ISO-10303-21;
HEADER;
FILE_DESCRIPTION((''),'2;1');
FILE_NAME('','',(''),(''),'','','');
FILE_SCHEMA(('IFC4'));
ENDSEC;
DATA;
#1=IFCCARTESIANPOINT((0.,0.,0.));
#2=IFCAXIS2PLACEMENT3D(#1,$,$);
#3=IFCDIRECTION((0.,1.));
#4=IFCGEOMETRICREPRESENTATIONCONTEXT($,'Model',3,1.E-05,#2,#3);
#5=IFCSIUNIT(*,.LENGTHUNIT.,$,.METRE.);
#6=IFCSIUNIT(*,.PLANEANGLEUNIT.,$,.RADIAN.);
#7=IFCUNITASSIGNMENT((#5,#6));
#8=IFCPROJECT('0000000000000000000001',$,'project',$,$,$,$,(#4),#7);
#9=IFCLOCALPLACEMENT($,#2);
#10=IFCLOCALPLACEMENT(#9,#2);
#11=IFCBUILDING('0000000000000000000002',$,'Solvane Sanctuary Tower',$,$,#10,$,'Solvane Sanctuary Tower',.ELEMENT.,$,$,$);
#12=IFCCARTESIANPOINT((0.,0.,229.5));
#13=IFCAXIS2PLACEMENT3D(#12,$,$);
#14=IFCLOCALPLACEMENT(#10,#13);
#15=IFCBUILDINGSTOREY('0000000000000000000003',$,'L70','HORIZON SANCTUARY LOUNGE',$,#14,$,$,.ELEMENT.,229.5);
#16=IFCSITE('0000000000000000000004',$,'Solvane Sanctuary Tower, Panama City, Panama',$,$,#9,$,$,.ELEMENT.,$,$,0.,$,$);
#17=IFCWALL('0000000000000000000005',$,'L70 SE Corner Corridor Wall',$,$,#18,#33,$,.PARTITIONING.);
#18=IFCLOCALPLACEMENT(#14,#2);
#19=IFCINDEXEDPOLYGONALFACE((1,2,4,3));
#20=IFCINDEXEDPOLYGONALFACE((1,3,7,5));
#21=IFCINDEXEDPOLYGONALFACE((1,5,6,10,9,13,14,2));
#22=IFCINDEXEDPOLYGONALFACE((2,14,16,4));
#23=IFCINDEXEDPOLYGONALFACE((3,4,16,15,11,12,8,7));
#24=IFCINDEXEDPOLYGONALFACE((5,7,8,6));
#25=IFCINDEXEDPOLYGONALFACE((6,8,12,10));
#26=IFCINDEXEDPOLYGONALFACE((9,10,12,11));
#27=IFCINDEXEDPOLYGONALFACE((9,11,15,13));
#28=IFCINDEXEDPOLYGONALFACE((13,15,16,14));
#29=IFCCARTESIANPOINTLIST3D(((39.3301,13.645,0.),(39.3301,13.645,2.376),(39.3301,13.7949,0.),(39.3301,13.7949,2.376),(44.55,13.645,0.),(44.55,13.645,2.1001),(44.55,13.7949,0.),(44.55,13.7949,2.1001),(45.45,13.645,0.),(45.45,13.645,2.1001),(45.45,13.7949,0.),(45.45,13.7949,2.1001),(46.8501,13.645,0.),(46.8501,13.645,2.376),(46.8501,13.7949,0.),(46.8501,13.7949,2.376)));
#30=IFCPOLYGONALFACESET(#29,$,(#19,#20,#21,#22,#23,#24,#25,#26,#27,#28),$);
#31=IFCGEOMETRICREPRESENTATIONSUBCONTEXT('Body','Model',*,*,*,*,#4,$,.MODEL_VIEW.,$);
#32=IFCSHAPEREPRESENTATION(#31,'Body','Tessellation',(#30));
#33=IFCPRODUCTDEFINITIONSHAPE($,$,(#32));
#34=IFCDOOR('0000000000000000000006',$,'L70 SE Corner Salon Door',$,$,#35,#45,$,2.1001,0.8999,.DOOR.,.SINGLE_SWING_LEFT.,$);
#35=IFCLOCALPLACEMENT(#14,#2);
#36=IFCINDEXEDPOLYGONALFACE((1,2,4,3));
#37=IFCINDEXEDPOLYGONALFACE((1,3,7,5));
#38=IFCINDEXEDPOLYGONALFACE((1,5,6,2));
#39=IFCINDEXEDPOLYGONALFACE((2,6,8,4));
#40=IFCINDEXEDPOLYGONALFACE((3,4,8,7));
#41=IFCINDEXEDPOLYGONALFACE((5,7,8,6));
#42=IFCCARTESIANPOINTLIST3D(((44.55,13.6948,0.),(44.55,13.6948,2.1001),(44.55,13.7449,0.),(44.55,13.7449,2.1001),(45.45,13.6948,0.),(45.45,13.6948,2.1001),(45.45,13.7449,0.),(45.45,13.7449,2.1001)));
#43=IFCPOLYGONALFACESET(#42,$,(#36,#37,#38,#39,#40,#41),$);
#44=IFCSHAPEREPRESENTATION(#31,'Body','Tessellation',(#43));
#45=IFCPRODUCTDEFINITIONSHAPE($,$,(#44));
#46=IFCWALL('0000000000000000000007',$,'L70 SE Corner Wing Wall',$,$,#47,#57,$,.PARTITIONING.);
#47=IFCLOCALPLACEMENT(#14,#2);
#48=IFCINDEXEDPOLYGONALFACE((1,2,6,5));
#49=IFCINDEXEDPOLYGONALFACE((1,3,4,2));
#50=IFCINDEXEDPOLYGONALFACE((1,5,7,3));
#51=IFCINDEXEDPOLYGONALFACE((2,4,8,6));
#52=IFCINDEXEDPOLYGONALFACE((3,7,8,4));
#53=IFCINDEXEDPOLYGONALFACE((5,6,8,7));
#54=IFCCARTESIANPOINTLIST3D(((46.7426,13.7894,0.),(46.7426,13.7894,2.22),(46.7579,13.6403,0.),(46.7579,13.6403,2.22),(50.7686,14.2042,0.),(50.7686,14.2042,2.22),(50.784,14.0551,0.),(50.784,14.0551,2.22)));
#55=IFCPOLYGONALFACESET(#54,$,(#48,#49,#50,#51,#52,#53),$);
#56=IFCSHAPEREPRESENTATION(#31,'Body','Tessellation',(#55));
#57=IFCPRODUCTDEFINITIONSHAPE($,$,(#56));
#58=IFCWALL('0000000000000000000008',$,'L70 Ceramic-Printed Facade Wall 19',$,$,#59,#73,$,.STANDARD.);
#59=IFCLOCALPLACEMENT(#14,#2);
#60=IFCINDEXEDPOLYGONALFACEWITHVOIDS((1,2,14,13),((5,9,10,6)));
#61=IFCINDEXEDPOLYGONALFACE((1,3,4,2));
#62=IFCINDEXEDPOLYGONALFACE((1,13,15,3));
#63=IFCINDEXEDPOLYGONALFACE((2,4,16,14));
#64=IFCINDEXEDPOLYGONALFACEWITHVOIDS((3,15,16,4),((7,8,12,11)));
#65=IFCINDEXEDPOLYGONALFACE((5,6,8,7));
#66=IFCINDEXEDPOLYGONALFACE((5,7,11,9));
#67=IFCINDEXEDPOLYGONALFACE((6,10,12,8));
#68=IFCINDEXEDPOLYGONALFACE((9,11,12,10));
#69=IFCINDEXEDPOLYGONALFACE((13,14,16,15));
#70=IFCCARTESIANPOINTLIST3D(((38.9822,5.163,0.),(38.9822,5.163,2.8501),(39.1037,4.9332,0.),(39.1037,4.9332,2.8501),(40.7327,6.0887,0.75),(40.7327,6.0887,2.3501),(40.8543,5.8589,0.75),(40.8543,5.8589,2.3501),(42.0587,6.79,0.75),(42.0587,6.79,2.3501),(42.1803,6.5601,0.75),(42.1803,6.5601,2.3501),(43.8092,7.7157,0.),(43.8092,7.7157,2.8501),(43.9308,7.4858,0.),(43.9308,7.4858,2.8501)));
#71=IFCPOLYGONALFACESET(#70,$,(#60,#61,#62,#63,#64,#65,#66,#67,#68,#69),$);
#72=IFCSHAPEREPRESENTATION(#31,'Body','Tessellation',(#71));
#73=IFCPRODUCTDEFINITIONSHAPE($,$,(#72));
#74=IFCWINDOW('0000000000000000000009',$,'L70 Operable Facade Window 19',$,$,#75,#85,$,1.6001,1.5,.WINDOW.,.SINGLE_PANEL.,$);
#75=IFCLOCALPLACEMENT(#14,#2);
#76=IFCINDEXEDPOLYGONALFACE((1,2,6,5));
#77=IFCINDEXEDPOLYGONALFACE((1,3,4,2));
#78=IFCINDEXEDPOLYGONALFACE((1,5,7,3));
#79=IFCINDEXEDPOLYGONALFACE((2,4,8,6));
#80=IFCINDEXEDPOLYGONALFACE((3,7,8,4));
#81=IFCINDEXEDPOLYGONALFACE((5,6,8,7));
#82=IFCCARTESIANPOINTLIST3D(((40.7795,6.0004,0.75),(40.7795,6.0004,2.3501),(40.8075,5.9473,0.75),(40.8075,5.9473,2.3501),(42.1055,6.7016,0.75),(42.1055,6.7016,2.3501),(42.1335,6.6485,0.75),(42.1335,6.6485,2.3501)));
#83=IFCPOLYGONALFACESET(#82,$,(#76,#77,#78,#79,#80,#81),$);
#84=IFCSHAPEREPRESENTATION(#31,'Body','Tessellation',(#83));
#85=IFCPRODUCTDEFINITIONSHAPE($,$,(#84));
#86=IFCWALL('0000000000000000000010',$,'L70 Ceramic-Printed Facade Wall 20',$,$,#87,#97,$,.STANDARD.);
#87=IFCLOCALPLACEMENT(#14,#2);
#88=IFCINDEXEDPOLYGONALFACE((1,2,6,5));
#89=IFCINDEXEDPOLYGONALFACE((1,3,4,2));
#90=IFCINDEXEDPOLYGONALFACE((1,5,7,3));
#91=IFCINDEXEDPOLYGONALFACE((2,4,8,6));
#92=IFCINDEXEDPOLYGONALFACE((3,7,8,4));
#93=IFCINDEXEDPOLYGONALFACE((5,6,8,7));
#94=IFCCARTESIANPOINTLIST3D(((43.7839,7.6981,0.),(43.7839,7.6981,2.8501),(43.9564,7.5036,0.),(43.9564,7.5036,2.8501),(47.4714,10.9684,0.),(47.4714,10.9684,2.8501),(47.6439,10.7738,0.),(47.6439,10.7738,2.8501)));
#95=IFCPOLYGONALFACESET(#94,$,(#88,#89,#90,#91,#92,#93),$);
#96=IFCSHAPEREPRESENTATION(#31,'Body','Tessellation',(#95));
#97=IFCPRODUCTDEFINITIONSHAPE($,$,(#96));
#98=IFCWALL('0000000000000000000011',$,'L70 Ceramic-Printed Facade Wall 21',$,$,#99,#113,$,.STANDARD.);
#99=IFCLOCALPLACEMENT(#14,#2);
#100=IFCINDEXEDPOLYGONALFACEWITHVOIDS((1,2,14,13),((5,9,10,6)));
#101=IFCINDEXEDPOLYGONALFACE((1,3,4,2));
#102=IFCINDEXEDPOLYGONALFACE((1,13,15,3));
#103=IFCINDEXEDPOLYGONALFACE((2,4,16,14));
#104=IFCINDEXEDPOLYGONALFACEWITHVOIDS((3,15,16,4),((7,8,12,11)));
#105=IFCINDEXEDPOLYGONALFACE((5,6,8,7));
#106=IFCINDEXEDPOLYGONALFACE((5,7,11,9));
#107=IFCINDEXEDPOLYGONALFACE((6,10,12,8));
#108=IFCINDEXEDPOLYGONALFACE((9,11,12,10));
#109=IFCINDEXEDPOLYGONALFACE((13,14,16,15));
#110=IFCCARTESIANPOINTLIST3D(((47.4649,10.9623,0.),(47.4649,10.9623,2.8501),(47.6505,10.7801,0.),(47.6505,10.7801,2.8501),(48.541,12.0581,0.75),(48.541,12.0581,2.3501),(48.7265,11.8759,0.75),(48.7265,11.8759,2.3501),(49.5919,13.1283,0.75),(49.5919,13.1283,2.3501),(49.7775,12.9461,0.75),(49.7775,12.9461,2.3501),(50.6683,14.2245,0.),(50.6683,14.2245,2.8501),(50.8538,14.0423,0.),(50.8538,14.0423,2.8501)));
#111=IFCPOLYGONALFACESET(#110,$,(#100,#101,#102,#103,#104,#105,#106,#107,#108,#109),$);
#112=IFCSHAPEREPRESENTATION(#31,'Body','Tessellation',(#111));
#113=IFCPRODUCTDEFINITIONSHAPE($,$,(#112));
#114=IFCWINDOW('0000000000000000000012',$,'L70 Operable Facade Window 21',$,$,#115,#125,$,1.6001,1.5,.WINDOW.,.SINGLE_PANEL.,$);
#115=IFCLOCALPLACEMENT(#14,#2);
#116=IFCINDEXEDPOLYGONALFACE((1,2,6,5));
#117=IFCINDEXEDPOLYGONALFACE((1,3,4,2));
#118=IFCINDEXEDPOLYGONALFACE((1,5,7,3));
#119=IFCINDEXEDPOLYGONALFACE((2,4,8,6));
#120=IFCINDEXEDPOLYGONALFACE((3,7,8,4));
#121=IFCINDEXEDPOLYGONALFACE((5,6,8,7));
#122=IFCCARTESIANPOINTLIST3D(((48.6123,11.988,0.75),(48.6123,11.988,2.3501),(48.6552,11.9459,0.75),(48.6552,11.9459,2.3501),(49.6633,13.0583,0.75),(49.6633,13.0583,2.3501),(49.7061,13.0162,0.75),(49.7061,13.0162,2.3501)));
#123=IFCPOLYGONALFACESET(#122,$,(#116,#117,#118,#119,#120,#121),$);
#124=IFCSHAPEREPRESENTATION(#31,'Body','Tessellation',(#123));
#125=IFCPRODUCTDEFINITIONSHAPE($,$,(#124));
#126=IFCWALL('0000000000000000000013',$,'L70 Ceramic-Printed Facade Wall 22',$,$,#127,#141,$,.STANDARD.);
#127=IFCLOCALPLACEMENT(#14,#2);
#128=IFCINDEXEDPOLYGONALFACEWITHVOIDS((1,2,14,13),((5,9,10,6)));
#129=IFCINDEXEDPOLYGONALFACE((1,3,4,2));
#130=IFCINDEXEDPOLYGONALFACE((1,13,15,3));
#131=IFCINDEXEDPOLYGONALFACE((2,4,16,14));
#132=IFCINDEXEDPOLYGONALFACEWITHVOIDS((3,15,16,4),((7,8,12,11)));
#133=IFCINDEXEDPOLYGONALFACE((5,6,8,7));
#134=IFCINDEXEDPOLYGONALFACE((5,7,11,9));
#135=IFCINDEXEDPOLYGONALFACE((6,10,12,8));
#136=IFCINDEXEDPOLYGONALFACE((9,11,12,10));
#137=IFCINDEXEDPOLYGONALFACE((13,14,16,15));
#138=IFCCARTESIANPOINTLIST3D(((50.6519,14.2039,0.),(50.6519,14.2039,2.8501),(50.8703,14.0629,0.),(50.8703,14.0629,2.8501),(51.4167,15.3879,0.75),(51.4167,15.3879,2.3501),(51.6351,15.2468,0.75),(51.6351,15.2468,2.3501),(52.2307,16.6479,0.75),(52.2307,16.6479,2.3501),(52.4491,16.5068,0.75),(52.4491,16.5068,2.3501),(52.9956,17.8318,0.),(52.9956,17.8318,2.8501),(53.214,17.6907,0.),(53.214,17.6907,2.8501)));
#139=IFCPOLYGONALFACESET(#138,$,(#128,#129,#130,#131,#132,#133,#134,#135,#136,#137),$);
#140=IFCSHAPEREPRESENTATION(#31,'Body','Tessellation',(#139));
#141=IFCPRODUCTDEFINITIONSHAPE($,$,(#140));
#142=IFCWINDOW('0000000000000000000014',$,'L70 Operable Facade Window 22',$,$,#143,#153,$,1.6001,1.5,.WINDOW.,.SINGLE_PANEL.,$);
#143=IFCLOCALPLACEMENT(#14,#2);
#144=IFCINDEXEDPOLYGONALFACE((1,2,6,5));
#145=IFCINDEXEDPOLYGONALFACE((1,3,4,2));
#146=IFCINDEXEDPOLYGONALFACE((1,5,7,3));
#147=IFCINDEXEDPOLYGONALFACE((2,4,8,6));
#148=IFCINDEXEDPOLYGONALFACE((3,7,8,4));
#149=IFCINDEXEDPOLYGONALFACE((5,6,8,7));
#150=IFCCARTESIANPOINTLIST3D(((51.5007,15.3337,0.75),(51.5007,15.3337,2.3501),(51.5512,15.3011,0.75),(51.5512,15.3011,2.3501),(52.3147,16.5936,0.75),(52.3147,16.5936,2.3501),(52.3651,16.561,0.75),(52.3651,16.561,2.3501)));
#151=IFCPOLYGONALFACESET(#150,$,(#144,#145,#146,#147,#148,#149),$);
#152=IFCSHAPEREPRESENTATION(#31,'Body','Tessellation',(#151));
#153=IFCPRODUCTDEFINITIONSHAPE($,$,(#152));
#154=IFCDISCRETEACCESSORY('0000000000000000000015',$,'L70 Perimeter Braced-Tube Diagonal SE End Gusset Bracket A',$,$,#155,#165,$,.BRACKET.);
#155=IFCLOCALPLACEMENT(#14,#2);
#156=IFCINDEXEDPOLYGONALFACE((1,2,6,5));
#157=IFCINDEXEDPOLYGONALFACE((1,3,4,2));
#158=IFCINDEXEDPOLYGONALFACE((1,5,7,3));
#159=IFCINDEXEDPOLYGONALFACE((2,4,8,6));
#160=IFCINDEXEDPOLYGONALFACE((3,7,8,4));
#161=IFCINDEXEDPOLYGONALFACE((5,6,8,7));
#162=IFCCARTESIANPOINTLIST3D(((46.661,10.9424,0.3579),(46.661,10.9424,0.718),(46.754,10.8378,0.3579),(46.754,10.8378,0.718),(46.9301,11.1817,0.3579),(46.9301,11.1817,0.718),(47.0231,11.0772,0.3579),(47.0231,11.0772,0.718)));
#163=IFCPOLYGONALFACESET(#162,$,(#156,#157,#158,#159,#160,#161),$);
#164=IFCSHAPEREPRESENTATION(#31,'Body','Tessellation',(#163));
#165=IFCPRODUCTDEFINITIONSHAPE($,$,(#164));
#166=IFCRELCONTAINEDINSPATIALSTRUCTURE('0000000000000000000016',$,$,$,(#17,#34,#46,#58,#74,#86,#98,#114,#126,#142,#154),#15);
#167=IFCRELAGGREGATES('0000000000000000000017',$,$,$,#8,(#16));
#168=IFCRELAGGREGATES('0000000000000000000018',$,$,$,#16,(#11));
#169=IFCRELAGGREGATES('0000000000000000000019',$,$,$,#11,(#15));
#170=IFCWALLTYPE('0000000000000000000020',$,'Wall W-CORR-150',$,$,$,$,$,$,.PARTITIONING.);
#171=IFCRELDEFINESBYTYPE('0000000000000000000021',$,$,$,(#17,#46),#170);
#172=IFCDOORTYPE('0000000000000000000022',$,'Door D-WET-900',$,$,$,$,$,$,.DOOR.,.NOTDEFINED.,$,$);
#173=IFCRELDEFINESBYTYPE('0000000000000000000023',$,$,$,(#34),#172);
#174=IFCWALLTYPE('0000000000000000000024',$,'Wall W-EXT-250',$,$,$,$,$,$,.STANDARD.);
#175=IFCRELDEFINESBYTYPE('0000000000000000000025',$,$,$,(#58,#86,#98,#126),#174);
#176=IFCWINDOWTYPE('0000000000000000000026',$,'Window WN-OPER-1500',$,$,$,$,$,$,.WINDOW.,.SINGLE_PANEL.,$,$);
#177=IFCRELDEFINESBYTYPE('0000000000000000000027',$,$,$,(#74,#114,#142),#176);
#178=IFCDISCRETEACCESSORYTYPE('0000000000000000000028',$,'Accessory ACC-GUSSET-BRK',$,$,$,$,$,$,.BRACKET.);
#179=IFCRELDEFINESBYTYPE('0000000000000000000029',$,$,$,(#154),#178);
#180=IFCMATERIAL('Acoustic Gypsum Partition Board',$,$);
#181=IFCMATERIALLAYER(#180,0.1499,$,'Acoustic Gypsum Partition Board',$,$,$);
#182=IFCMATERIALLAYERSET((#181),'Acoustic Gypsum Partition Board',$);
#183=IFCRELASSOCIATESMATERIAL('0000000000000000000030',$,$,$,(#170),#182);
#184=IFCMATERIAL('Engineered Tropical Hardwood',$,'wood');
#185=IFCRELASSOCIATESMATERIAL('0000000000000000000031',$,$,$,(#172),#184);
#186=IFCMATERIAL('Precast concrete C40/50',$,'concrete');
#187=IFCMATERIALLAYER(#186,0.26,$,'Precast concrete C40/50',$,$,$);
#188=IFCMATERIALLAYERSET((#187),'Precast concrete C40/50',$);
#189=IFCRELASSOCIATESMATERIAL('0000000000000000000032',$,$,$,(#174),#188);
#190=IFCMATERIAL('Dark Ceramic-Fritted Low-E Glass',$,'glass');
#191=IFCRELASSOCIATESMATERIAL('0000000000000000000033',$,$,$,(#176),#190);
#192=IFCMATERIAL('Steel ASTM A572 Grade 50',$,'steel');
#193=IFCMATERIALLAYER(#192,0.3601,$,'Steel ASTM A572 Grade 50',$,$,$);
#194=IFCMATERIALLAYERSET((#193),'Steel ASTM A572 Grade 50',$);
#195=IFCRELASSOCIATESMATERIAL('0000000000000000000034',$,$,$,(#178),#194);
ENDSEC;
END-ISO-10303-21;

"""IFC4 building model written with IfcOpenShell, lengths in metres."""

from ifc_helpers import new_model, si_unit, direction, frame, frame_2d, origin, origin_2d, place, context, subcontext, project, spatial, rectangle, extrude, material, layer, layer_set, type_object, element, fill, save


model = new_model("IFC4")

# Units and contexts
model_context = context("Model", 3, precision=1e-05, world=origin(), true_north=direction((0.0, 1.0)))
body_context = subcontext(model_context, "Body", "Model", "MODEL_VIEW")
ifc_project = project(units=[si_unit("LENGTHUNIT", "METRE"), si_unit("PLANEANGLEUNIT", "RADIAN")], contexts=[model_context])

# Site, building, storey
site_placement = place(None, origin())
site = spatial("IfcSite", under=ifc_project, at=site_placement, Name="Solvane Sanctuary Tower, Panama City, Panama", CompositionType="ELEMENT", RefElevation=0.0)
building_placement = place(site_placement, origin())
building = spatial("IfcBuilding", under=site, at=building_placement, Name="Solvane Sanctuary Tower", LongName="Solvane Sanctuary Tower", CompositionType="ELEMENT")
storey_placement = place(building_placement, frame((0.0, 0.0, 229.5)))
storey = spatial("IfcBuildingStorey", under=building, at=storey_placement, Name="L70", Description="HORIZON SANCTUARY LOUNGE", CompositionType="ELEMENT", Elevation=229.5)

# Wall, opening, door
ifc_material_1 = material(Name="Acoustic Gypsum Partition Board")
ifc_layer_1 = layer(ifc_material_1, 0.1499, Name="Acoustic Gypsum Partition Board")
ifc_layer_set_1 = layer_set([ifc_layer_1], Name="Acoustic Gypsum Partition Board")
wall_type_1 = type_object("IfcWallType", Name="Wall W-CORR-150", PredefinedType="PARTITIONING", material=ifc_layer_set_1)
wall_1_placement = place(storey_placement, frame((39.3301, 13.72, 0.0), z_axis=(0.0, 0.0, 1.0), x_axis=(1.0, 0.0, 0.0)))
wall_1 = element("IfcWall", 1, at=wall_1_placement, inside=storey, type_object=wall_type_1, Name="L70 SE Corner Corridor Wall", PredefinedType="PARTITIONING", context=body_context, shape_type="SweptSolid", body=[
    extrude(rectangle(XDim=7.52, YDim=0.1499, at=frame_2d((3.76, 0.0))), origin(), (0.0, 0.0, 1.0), 2.376),
])
opening_1_placement = place(wall_1_placement, frame((5.22, 0.0, 0.0)))
opening_1 = element("IfcOpeningElement", 2, at=opening_1_placement, cuts=wall_1, PredefinedType="OPENING", context=body_context, shape_type="SweptSolid", body=[
    extrude(rectangle(XDim=0.8999, YDim=2.1001, at=frame_2d((0.45, 1.05))), frame((0.0, 0.085, 0.0), z_axis=(0.0, -1.0, 0.0), x_axis=(1.0, 0.0, 0.0)), (0.0, 0.0, 1.0), 0.1699),
])
ifc_material_2 = material(Name="Engineered Tropical Hardwood", Category="wood")
door_type = type_object("IfcDoorType", Name="Door D-WET-900", OperationType="NOTDEFINED", PredefinedType="DOOR", material=ifc_material_2)
door_placement = place(opening_1_placement, origin())
door = element("IfcDoor", 3, at=door_placement, inside=storey, type_object=door_type, Name="L70 SE Corner Salon Door", OperationType="SINGLE_SWING_LEFT", OverallHeight=2.1001, OverallWidth=0.8999, PredefinedType="DOOR", context=body_context, shape_type="SweptSolid", body=[
    extrude(rectangle(XDim=0.8999, YDim=2.1001, at=frame_2d((0.45, 1.05))), frame((0.0, 0.0249, 0.0), z_axis=(0.0, -1.0, 0.0), x_axis=(1.0, 0.0, 0.0)), (0.0, 0.0, 1.0), 0.05),
])
fill(opening_1, door)

# Wall
wall_2_placement = place(storey_placement, frame((46.7502, 13.7148, 0.0), z_axis=(0.0, 0.0, 1.0), x_axis=(0.994735, 0.102483, 0.0)))
element("IfcWall", 4, at=wall_2_placement, inside=storey, type_object=wall_type_1, Name="L70 SE Corner Wing Wall", PredefinedType="PARTITIONING", context=body_context, shape_type="SweptSolid", body=[
    extrude(rectangle(XDim=4.0474, YDim=0.1499, at=frame_2d((2.0237, 0.0))), origin(), (0.0, 0.0, 1.0), 2.22),
])

# Wall, opening, window
ifc_material_3 = material(Name="Precast concrete C40/50", Category="concrete")
ifc_layer_2 = layer(ifc_material_3, 0.26, Name="Precast concrete C40/50")
ifc_layer_set_2 = layer_set([ifc_layer_2], Name="Precast concrete C40/50")
wall_type_2 = type_object("IfcWallType", Name="Wall W-EXT-250", PredefinedType="STANDARD", material=ifc_layer_set_2)
wall_3_placement = place(storey_placement, frame((39.043, 5.0481, 0.0), z_axis=(0.0, 0.0, 1.0), x_axis=(0.884001, 0.467485, 0.0)))
wall_3 = element("IfcWall", 5, at=wall_3_placement, inside=storey, type_object=wall_type_2, Name="L70 Ceramic-Printed Facade Wall 19", PredefinedType="STANDARD", context=body_context, shape_type="SweptSolid", body=[
    extrude(rectangle(XDim=5.4604, YDim=0.26, at=frame_2d((2.7302, 0.0))), origin(), (0.0, 0.0, 1.0), 2.8501),
])
opening_2_placement = place(wall_3_placement, frame((1.9802, 0.0, 0.75)))
opening_2 = element("IfcOpeningElement", 6, at=opening_2_placement, cuts=wall_3, PredefinedType="OPENING", context=body_context, shape_type="SweptSolid", body=[
    extrude(rectangle(XDim=1.5, YDim=1.6001, at=frame_2d((0.75, 0.8))), frame((0.0, 0.1399, 0.0), z_axis=(0.0, -1.0, 0.0), x_axis=(1.0, 0.0, 0.0)), (0.0, 0.0, 1.0), 0.28),
])
ifc_material_4 = material(Name="Dark Ceramic-Fritted Low-E Glass", Category="glass")
window_type = type_object("IfcWindowType", Name="Window WN-OPER-1500", PartitioningType="SINGLE_PANEL", PredefinedType="WINDOW", material=ifc_material_4)
window_1_placement = place(opening_2_placement, origin())
window_1 = element("IfcWindow", 7, at=window_1_placement, inside=storey, type_object=window_type, Name="L70 Operable Facade Window 19", OverallHeight=1.6001, OverallWidth=1.5, PartitioningType="SINGLE_PANEL", PredefinedType="WINDOW", context=body_context, shape_type="SweptSolid", body=[
    extrude(rectangle(XDim=1.5, YDim=1.6001, at=frame_2d((0.75, 0.8))), frame((0.0, 0.03, 0.0), z_axis=(0.0, -1.0, 0.0), x_axis=(1.0, 0.0, 0.0)), (0.0, 0.0, 1.0), 0.0601),
])
fill(opening_2, window_1)

# Wall
wall_4_placement = place(storey_placement, frame((43.8701, 7.6008, 0.0), z_axis=(0.0, 0.0, 1.0), x_axis=(0.748166, 0.663512, 0.0)))
element("IfcWall", 8, at=wall_4_placement, inside=storey, type_object=wall_type_2, Name="L70 Ceramic-Printed Facade Wall 20", PredefinedType="STANDARD", context=body_context, shape_type="SweptSolid", body=[
    extrude(rectangle(XDim=4.9287, YDim=0.26, at=frame_2d((2.4644, 0.0))), origin(), (0.0, 0.0, 1.0), 2.8501),
])

# Walls, openings, windows
wall_5_placement = place(storey_placement, frame((47.5576, 10.8711, 0.0), z_axis=(0.0, 0.0, 1.0), x_axis=(0.700643, 0.713512, 0.0)))
wall_5 = element("IfcWall", 9, at=wall_5_placement, inside=storey, type_object=wall_type_2, Name="L70 Ceramic-Printed Facade Wall 21", PredefinedType="STANDARD", context=body_context, shape_type="SweptSolid", body=[
    extrude(rectangle(XDim=4.572, YDim=0.26, at=frame_2d((2.2861, 0.0))), origin(), (0.0, 0.0, 1.0), 2.8501),
])
opening_3_placement = place(wall_5_placement, frame((1.5359, 0.0, 0.75)))
opening_3 = element("IfcOpeningElement", 10, at=opening_3_placement, cuts=wall_5, PredefinedType="OPENING", context=body_context, shape_type="SweptSolid", body=[
    extrude(rectangle(XDim=1.5, YDim=1.6001, at=frame_2d((0.75, 0.8))), frame((0.0, 0.1399, 0.0), z_axis=(0.0, -1.0, 0.0), x_axis=(1.0, 0.0, 0.0)), (0.0, 0.0, 1.0), 0.28),
])
window_2_placement = place(opening_3_placement, origin())
window_2 = element("IfcWindow", 11, at=window_2_placement, inside=storey, type_object=window_type, Name="L70 Operable Facade Window 21", OverallHeight=1.6001, OverallWidth=1.5, PartitioningType="SINGLE_PANEL", PredefinedType="WINDOW", context=body_context, shape_type="SweptSolid", body=[
    extrude(rectangle(XDim=1.5, YDim=1.6001, at=frame_2d((0.75, 0.8))), frame((0.0, 0.03, 0.0), z_axis=(0.0, -1.0, 0.0), x_axis=(1.0, 0.0, 0.0)), (0.0, 0.0, 1.0), 0.0601),
])
fill(opening_3, window_2)
wall_6_placement = place(storey_placement, frame((50.761, 14.1333, 0.0), z_axis=(0.0, 0.0, 1.0), x_axis=(0.542642, 0.839964, 0.0)))
wall_6 = element("IfcWall", 12, at=wall_6_placement, inside=storey, type_object=wall_type_2, Name="L70 Ceramic-Printed Facade Wall 22", PredefinedType="STANDARD", context=body_context, shape_type="SweptSolid", body=[
    extrude(rectangle(XDim=4.3191, YDim=0.26, at=frame_2d((2.1597, 0.0))), origin(), (0.0, 0.0, 1.0), 2.8501),
])
opening_4_placement = place(wall_6_placement, frame((1.4097, 0.0, 0.75)))
opening_4 = element("IfcOpeningElement", 13, at=opening_4_placement, cuts=wall_6, PredefinedType="OPENING", context=body_context, shape_type="SweptSolid", body=[
    extrude(rectangle(XDim=1.5, YDim=1.6001, at=frame_2d((0.75, 0.8))), frame((0.0, 0.1399, 0.0), z_axis=(0.0, -1.0, 0.0), x_axis=(1.0, 0.0, 0.0)), (0.0, 0.0, 1.0), 0.28),
])
window_3_placement = place(opening_4_placement, origin())
window_3 = element("IfcWindow", 14, at=window_3_placement, inside=storey, type_object=window_type, Name="L70 Operable Facade Window 22", OverallHeight=1.6001, OverallWidth=1.5, PartitioningType="SINGLE_PANEL", PredefinedType="WINDOW", context=body_context, shape_type="SweptSolid", body=[
    extrude(rectangle(XDim=1.5, YDim=1.6001, at=frame_2d((0.75, 0.8))), frame((0.0, 0.03, 0.0), z_axis=(0.0, -1.0, 0.0), x_axis=(1.0, 0.0, 0.0)), (0.0, 0.0, 1.0), 0.0601),
])
fill(opening_4, window_3)

# Discrete accessory
ifc_material_5 = material(Name="Steel ASTM A572 Grade 50", Category="steel")
ifc_layer_3 = layer(ifc_material_5, 0.3601, Name="Steel ASTM A572 Grade 50")
ifc_layer_set_3 = layer_set([ifc_layer_3], Name="Steel ASTM A572 Grade 50")
discrete_accessory_type = type_object("IfcDiscreteAccessoryType", Name="Accessory ACC-GUSSET-BRK", PredefinedType="BRACKET", material=ifc_layer_set_3)
for number, where, z_axis, x_axis, name in (
    (15, (46.842, 11.0098, 0.3579), (0.0, 0.0, 1.0), (-0.747218, -0.664579, 0.0), "L70 Perimeter Braced-Tube Diagonal SE End Gusset Bracket A"),
):
    element("IfcDiscreteAccessory", number, at=place(storey_placement, frame(where, z_axis=z_axis, x_axis=x_axis)), inside=storey, type_object=discrete_accessory_type, Name=name, PredefinedType="BRACKET", context=body_context, shape_type="SweptSolid", body=[
        extrude(rectangle(XDim=0.3601, YDim=0.1399, at=origin_2d()), origin(), (0.0, 0.0, 1.0), 0.3601),
    ])

save(model, "model.ifc")
